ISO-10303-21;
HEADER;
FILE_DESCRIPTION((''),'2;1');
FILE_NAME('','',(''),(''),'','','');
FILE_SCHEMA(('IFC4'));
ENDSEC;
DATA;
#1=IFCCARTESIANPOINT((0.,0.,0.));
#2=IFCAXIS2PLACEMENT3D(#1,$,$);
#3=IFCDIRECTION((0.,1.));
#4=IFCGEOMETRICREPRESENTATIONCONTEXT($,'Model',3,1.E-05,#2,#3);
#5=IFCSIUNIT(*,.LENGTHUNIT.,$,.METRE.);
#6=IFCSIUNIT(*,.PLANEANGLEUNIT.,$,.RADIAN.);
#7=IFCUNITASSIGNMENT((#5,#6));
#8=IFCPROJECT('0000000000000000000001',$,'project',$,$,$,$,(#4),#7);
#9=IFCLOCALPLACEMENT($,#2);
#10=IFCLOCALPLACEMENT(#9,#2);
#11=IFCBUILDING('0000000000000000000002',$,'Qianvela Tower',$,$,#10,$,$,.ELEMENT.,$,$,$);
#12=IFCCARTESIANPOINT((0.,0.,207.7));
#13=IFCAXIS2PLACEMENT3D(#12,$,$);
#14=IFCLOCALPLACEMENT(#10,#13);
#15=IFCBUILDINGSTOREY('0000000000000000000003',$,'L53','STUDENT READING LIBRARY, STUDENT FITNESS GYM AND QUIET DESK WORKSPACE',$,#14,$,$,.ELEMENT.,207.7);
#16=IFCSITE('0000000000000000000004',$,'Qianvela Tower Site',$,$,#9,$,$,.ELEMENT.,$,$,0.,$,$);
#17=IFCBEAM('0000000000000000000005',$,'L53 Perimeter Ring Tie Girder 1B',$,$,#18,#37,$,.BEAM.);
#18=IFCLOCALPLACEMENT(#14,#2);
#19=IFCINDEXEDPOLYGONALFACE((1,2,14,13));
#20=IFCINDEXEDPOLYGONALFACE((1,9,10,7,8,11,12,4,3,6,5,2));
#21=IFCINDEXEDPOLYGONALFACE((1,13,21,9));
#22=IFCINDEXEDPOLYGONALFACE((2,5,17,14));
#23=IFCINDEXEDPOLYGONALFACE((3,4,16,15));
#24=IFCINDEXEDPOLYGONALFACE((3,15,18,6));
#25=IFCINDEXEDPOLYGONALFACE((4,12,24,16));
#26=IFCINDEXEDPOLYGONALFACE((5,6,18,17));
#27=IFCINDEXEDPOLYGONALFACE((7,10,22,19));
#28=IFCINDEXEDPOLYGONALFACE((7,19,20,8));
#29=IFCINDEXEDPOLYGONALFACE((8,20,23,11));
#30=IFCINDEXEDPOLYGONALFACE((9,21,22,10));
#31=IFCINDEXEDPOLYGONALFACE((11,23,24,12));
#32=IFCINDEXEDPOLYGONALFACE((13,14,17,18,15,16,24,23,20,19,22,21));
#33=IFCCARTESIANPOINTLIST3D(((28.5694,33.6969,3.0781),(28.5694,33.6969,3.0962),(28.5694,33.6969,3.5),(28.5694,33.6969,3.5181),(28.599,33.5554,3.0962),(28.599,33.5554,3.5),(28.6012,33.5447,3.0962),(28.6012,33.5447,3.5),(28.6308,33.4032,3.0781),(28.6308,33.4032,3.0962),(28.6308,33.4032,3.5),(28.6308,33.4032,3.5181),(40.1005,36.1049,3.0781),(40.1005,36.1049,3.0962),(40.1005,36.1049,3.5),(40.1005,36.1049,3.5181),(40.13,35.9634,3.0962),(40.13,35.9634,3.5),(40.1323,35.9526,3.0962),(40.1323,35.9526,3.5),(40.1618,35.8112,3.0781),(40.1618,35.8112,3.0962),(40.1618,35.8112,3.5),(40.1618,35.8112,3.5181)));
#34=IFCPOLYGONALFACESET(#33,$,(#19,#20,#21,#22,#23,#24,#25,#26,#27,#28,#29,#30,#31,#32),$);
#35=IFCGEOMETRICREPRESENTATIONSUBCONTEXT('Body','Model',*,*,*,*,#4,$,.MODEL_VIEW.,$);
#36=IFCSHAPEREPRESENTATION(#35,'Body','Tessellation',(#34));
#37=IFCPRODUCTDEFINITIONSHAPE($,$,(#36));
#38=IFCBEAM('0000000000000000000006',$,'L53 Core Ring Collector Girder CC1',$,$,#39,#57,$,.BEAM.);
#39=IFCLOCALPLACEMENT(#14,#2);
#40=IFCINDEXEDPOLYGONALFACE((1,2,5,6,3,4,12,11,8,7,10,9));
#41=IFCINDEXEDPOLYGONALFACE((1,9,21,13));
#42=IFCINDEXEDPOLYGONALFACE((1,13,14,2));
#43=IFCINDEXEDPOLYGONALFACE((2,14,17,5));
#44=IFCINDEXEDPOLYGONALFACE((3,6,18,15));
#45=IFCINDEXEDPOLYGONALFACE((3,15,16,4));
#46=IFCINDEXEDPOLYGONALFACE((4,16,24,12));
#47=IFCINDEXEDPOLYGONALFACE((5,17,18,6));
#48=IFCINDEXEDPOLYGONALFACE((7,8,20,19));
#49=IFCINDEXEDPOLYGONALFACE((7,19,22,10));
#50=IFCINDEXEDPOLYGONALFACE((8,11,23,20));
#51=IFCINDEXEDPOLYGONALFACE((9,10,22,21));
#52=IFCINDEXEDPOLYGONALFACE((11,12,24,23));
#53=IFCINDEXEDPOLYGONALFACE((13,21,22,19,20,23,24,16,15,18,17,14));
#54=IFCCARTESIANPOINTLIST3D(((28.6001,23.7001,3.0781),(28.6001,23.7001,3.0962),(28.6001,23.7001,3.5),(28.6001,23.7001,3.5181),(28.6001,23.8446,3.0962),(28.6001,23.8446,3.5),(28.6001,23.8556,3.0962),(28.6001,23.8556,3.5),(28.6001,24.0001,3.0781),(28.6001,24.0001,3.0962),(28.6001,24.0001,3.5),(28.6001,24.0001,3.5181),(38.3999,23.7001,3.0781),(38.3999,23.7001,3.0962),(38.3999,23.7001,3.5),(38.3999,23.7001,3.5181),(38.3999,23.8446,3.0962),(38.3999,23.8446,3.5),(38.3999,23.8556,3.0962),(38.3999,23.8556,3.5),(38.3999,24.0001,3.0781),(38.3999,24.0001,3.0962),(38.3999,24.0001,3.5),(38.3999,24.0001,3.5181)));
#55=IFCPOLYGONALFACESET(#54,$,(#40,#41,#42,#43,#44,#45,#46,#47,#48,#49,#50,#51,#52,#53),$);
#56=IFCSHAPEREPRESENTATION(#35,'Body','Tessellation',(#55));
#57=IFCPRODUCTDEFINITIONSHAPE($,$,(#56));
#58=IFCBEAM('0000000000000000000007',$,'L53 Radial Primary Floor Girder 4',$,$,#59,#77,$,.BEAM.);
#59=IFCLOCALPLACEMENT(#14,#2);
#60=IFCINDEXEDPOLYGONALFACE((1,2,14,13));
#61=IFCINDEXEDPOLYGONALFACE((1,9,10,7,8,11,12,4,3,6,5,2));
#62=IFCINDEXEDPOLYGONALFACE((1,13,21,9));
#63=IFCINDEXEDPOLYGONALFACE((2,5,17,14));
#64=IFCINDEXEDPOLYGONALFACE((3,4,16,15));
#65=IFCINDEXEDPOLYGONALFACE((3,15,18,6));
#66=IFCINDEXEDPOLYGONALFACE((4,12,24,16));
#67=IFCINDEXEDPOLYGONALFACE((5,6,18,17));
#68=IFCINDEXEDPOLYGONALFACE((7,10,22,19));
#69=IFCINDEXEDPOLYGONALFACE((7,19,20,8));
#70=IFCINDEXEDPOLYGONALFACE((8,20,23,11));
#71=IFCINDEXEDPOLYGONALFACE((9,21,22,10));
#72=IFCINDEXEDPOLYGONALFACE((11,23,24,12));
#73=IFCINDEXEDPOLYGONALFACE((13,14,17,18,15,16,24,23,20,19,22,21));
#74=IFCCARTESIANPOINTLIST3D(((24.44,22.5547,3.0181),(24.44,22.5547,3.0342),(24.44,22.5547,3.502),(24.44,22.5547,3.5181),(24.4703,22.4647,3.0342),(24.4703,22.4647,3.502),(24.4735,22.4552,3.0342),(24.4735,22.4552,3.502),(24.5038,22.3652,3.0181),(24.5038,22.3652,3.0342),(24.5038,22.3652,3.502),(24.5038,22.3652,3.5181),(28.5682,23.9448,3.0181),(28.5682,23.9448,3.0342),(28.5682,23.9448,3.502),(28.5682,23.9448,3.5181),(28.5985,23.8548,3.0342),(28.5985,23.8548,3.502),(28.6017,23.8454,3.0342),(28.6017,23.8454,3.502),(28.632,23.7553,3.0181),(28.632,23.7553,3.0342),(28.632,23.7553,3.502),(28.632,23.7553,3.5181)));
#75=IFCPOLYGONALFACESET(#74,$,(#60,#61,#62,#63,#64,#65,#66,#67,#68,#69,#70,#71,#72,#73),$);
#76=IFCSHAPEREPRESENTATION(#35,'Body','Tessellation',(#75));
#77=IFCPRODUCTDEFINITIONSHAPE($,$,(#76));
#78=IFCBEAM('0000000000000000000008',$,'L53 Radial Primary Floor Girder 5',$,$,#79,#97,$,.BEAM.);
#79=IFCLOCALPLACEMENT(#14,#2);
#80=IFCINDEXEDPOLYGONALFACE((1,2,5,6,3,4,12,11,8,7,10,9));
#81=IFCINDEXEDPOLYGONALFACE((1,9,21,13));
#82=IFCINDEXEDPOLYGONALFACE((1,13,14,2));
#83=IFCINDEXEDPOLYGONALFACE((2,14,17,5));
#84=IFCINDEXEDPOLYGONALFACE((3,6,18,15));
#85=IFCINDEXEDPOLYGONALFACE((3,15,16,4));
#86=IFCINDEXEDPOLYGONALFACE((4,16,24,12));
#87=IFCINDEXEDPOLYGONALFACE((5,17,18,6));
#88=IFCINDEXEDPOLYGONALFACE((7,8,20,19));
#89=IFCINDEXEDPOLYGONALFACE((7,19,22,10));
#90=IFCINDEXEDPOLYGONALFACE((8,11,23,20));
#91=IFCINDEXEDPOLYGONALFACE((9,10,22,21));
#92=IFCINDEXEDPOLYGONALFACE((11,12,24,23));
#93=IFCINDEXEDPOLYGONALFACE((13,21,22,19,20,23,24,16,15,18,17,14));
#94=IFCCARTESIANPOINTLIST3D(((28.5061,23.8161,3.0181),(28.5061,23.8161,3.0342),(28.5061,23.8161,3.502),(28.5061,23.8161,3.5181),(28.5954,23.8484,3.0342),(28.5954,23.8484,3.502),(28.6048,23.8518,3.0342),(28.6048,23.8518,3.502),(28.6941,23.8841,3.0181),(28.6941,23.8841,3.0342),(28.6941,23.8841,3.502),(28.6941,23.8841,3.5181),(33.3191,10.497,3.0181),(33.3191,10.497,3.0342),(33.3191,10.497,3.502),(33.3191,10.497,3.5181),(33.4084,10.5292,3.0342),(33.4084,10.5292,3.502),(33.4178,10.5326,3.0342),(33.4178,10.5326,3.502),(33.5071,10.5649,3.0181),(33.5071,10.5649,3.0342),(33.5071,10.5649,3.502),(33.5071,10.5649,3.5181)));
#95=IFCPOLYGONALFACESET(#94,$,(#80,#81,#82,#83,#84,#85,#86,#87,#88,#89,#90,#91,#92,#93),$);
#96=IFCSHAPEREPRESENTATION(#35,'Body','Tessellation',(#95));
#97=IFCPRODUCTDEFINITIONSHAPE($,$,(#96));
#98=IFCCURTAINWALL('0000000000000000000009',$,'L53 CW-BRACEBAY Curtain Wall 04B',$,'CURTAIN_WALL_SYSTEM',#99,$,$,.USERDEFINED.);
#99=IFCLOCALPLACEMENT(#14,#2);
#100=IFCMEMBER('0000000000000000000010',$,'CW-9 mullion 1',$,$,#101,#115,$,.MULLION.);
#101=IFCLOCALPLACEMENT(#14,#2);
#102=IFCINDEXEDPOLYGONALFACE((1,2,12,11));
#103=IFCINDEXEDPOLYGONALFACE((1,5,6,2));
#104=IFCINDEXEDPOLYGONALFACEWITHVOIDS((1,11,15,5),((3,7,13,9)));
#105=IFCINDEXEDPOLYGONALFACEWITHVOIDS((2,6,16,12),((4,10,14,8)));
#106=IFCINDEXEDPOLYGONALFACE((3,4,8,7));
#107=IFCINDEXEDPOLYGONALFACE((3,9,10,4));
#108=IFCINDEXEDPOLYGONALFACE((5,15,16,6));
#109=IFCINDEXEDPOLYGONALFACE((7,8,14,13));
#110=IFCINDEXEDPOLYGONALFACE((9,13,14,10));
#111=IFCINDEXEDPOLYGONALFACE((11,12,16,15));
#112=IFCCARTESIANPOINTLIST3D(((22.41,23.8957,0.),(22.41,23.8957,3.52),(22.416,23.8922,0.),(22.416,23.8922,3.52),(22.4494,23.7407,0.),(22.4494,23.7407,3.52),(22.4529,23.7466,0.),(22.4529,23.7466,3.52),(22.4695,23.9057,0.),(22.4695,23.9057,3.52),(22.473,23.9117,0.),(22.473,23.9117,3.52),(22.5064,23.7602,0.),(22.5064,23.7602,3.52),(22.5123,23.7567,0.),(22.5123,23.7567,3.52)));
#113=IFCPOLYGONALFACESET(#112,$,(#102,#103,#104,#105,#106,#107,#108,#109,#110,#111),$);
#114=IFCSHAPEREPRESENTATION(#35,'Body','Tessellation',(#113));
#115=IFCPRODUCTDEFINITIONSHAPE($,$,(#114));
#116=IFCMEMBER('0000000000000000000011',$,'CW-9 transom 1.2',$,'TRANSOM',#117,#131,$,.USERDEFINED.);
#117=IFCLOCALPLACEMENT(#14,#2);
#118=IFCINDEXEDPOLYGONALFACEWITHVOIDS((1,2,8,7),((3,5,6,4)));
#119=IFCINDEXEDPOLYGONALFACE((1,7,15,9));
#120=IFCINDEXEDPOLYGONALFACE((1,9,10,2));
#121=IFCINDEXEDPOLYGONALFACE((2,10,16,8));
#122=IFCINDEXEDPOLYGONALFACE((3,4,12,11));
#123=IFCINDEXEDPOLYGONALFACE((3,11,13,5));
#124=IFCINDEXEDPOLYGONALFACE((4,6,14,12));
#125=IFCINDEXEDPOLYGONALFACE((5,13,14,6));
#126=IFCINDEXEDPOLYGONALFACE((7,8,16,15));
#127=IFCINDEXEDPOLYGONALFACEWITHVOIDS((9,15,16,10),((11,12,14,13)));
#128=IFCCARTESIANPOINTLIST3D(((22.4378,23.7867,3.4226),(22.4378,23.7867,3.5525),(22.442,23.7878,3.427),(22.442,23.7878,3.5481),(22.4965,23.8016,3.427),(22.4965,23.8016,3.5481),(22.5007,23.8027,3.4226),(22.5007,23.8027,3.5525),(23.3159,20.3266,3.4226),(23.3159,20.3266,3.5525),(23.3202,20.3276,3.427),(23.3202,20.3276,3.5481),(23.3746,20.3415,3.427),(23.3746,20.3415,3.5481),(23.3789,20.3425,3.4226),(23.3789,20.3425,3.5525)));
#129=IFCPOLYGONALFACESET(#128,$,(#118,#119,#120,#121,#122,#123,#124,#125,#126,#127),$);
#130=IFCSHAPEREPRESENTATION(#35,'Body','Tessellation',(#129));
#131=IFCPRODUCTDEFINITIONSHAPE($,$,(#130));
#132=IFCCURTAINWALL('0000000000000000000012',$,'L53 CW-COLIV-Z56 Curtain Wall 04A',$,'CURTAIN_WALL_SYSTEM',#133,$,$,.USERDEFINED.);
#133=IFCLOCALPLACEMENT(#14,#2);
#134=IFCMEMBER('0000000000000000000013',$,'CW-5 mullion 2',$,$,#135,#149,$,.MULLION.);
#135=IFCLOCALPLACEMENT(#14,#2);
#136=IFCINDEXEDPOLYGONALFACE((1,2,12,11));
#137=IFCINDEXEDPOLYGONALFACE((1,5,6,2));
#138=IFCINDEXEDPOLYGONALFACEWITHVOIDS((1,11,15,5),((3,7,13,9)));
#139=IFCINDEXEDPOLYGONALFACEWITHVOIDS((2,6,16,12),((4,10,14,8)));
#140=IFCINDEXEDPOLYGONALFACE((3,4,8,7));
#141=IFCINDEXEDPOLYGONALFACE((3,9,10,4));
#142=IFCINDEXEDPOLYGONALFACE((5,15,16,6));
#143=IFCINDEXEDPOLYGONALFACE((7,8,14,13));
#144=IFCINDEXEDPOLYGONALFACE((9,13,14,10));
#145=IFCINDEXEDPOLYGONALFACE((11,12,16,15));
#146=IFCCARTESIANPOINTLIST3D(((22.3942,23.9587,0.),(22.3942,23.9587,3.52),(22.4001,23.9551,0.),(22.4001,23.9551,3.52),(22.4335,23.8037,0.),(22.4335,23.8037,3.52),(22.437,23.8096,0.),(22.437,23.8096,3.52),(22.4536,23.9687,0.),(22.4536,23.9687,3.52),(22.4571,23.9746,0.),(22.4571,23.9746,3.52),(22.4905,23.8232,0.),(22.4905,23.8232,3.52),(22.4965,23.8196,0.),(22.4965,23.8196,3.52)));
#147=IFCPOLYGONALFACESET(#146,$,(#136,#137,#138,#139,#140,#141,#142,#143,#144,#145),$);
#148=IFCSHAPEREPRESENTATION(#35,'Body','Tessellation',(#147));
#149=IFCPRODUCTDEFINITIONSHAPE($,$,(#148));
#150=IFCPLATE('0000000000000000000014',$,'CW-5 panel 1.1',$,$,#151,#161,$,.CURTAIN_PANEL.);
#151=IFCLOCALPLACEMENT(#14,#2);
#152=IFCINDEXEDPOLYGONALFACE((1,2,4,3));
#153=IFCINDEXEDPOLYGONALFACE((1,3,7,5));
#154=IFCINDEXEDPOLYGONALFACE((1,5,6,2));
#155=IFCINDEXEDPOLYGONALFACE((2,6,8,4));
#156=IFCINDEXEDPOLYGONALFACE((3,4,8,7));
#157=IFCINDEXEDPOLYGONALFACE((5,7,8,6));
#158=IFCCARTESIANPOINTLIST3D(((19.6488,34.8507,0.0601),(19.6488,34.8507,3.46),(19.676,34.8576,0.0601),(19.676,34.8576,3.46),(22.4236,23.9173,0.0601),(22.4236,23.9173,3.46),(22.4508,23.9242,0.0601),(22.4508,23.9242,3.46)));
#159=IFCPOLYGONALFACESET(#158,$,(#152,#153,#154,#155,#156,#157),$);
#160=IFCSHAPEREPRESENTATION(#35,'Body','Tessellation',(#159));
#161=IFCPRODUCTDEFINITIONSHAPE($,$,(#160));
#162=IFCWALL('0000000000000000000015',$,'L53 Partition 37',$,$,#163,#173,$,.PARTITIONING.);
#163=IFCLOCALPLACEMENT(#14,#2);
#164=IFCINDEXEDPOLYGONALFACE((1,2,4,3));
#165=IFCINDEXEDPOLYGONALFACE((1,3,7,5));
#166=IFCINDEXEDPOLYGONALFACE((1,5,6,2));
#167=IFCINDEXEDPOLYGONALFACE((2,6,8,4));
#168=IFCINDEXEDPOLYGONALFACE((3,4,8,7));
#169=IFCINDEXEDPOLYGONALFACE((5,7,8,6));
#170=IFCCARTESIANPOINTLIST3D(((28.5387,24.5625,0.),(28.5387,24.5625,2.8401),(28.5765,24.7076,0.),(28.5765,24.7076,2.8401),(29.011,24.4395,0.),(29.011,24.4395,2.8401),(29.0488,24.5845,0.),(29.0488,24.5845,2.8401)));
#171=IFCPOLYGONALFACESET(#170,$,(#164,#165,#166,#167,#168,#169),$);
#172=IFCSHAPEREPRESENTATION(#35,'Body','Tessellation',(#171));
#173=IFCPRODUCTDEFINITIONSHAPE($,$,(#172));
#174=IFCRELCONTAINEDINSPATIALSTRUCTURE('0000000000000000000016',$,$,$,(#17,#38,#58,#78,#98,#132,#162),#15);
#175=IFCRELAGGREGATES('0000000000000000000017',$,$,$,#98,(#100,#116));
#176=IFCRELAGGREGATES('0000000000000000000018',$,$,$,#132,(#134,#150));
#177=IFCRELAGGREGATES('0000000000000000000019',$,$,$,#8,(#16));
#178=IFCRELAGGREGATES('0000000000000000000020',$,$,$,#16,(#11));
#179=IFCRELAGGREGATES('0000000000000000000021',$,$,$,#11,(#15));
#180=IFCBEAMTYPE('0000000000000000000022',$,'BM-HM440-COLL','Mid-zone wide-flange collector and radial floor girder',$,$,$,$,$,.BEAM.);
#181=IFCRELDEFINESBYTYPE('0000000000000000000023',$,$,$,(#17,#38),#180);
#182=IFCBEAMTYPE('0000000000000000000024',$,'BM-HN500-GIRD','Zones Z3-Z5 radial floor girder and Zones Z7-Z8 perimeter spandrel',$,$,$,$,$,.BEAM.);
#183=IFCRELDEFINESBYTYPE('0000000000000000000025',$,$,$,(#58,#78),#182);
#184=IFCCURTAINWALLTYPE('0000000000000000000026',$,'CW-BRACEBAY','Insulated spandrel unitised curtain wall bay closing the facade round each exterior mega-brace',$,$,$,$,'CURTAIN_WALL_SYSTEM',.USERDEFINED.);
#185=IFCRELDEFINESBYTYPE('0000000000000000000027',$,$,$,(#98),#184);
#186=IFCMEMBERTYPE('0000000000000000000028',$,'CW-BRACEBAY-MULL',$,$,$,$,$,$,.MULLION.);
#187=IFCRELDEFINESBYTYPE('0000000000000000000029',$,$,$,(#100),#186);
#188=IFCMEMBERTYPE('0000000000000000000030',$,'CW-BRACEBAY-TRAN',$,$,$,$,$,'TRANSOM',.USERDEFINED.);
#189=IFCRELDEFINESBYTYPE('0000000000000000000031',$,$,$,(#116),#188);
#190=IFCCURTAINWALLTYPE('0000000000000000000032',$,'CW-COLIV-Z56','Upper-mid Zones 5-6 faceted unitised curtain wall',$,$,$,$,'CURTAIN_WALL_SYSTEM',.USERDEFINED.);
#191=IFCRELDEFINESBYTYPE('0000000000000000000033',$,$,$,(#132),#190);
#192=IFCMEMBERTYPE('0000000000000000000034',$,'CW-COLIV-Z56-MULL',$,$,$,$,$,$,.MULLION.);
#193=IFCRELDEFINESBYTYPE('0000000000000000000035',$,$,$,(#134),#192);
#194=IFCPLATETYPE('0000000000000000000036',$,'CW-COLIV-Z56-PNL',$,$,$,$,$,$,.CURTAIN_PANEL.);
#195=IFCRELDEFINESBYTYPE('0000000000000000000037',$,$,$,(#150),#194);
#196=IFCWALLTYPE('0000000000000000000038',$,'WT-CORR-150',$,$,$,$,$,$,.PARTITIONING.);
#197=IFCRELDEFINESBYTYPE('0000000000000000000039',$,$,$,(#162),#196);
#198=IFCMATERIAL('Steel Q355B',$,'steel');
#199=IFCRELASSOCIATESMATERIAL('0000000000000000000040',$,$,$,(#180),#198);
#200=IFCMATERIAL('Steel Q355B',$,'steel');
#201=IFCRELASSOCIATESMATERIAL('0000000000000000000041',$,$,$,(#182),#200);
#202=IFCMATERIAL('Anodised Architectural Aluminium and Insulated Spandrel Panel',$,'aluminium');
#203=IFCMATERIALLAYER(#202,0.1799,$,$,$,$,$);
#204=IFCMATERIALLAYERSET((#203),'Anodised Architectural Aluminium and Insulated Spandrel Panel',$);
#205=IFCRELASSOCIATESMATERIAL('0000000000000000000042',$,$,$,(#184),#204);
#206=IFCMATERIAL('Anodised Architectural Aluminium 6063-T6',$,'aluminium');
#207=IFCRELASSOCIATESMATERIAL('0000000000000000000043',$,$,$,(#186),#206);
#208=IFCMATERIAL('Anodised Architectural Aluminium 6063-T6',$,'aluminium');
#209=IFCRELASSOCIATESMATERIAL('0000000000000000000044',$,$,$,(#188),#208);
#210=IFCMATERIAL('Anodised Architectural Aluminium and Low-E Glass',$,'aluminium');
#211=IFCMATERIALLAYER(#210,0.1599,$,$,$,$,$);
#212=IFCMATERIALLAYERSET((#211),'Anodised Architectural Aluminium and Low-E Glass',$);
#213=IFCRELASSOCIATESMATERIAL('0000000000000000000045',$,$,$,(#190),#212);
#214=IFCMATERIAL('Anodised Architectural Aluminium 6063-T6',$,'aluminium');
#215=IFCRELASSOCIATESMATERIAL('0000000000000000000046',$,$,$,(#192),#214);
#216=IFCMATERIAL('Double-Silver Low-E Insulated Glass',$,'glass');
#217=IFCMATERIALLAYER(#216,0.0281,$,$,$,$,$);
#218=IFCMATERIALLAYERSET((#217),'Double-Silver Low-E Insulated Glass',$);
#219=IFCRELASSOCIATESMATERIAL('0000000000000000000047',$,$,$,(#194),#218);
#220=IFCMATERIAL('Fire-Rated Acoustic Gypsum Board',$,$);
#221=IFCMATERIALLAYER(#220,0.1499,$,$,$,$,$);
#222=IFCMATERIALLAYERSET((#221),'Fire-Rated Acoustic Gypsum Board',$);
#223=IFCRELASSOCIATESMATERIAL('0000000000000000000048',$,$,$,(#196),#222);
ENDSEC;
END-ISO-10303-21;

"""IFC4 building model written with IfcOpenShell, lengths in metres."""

from ifc_helpers import new_model, si_unit, direction, frame, frame_2d, origin, origin_2d, place, context, subcontext, project, spatial, rectangle, hollow_rectangle, i_section, extrude, material, layer, layer_set, material_profile, profile_set, type_object, element, aggregate, save


model = new_model("IFC4")

# Units and contexts
model_context = context("Model", 3, precision=1e-05, world=origin(), true_north=direction((0.0, 1.0)))
body_context = subcontext(model_context, "Body", "Model", "MODEL_VIEW")
ifc_project = project(units=[si_unit("LENGTHUNIT", "METRE"), si_unit("PLANEANGLEUNIT", "RADIAN")], contexts=[model_context])

# Site, building, storey
site_placement = place(None, origin())
site = spatial("IfcSite", under=ifc_project, at=site_placement, Name="Qianvela Tower Site", CompositionType="ELEMENT", RefElevation=0.0)
building_placement = place(site_placement, origin())
building = spatial("IfcBuilding", under=site, at=building_placement, Name="Qianvela Tower", CompositionType="ELEMENT")
storey_placement = place(building_placement, frame((0.0, 0.0, 207.7)))
storey = spatial("IfcBuildingStorey", under=building, at=storey_placement, Name="L53", Description="STUDENT READING LIBRARY, STUDENT FITNESS GYM AND QUIET DESK WORKSPACE", CompositionType="ELEMENT", Elevation=207.7)

# Beams
ifc_material_1 = material(Name="Steel Q355B", Category="steel")
ifc_material_profile_1 = material_profile(ifc_material_1, i_section(OverallWidth=0.3, OverallDepth=0.4399, WebThickness=0.011, FlangeThickness=0.0181, at=origin_2d()), Name="HM440x300x11x18")
ifc_profile_set_1 = profile_set([ifc_material_profile_1], Name="Steel Q355B")
beam_type_1 = type_object("IfcBeamType", Name="BM-HM440-COLL", Description="Mid-zone wide-flange collector and radial floor girder", PredefinedType="BEAM", material=ifc_profile_set_1)
beam_1_placement = place(storey_placement, frame((28.6001, 33.55, 3.2981), z_axis=(0.978884, 0.204415, 0.0), x_axis=(-0.204415, 0.978884, 0.0)))
element("IfcBeam", 1, at=beam_1_placement, inside=storey, type_object=beam_type_1, Name="L53 Perimeter Ring Tie Girder 1B", PredefinedType="BEAM", context=body_context, shape_type="SweptSolid", body=[
    extrude(i_section(OverallWidth=0.3, OverallDepth=0.4399, WebThickness=0.011, FlangeThickness=0.0181, at=origin_2d()), origin(), (0.0, 0.0, 1.0), 11.7798),
])
beam_2_placement = place(storey_placement, frame((28.6001, 23.8501, 3.2981), z_axis=(1.0, 0.0, 0.0), x_axis=(0.0, 1.0, 0.0)))
element("IfcBeam", 2, at=beam_2_placement, inside=storey, type_object=beam_type_1, Name="L53 Core Ring Collector Girder CC1", PredefinedType="BEAM", context=body_context, shape_type="SweptSolid", body=[
    extrude(i_section(OverallWidth=0.3, OverallDepth=0.4399, WebThickness=0.011, FlangeThickness=0.0181, at=origin_2d()), origin(), (0.0, 0.0, 1.0), 9.7998),
])
ifc_material_2 = material(Name="Steel Q355B", Category="steel")
ifc_material_profile_2 = material_profile(ifc_material_2, i_section(OverallWidth=0.2, OverallDepth=0.5, WebThickness=0.01, FlangeThickness=0.0161, at=origin_2d()), Name="HN500x200x10x16")
ifc_profile_set_2 = profile_set([ifc_material_profile_2], Name="Steel Q355B")
beam_type_2 = type_object("IfcBeamType", Name="BM-HN500-GIRD", Description="Zones Z3-Z5 radial floor girder and Zones Z7-Z8 perimeter spandrel", PredefinedType="BEAM", material=ifc_profile_set_2)
beam_3_placement = place(storey_placement, frame((28.6001, 23.8501, 3.2681), z_axis=(-0.947709, -0.319135, 0.0), x_axis=(0.319135, -0.947709, 0.0)))
element("IfcBeam", 3, at=beam_3_placement, inside=storey, type_object=beam_type_2, Name="L53 Radial Primary Floor Girder 4", PredefinedType="BEAM", context=body_context, shape_type="SweptSolid", body=[
    extrude(i_section(OverallWidth=0.2, OverallDepth=0.5, WebThickness=0.01, FlangeThickness=0.0161, at=origin_2d()), origin(), (0.0, 0.0, 1.0), 4.356),
])
beam_4_placement = place(storey_placement, frame((28.6001, 23.8501, 3.2681), z_axis=(0.339852, -0.940479, 0.0), x_axis=(0.940479, 0.339852, 0.0)))
element("IfcBeam", 4, at=beam_4_placement, inside=storey, type_object=beam_type_2, Name="L53 Radial Primary Floor Girder 5", PredefinedType="BEAM", context=body_context, shape_type="SweptSolid", body=[
    extrude(i_section(OverallWidth=0.2, OverallDepth=0.5, WebThickness=0.01, FlangeThickness=0.0161, at=origin_2d()), origin(), (0.0, 0.0, 1.0), 14.1621),
])

# Curtain wall, members
ifc_material_3 = material(Name="Anodised Architectural Aluminium and Insulated Spandrel Panel", Category="aluminium")
ifc_layer_1 = layer(ifc_material_3, 0.1799)
ifc_layer_set_1 = layer_set([ifc_layer_1], Name="Anodised Architectural Aluminium and Insulated Spandrel Panel")
curtain_wall_type_1 = type_object("IfcCurtainWallType", Name="CW-BRACEBAY", Description="Insulated spandrel unitised curtain wall bay closing the facade round each exterior mega-brace", ElementType="CURTAIN_WALL_SYSTEM", PredefinedType="USERDEFINED", material=ifc_layer_set_1)
curtain_wall_1_placement = place(storey_placement, origin())
curtain_wall_1 = element("IfcCurtainWall", 5, at=curtain_wall_1_placement, inside=storey, type_object=curtain_wall_type_1, Name="L53 CW-BRACEBAY Curtain Wall 04B", ObjectType="CURTAIN_WALL_SYSTEM", PredefinedType="USERDEFINED")
ifc_material_4 = material(Name="Anodised Architectural Aluminium 6063-T6", Category="aluminium")
ifc_material_profile_3 = material_profile(ifc_material_4, hollow_rectangle(XDim=0.0649, YDim=0.1599, WallThickness=0.0049, at=origin_2d()), Name="ALU-MULL-65x160")
ifc_profile_set_3 = profile_set([ifc_material_profile_3], Name="Anodised Architectural Aluminium 6063-T6")
member_type_1 = type_object("IfcMemberType", Name="CW-BRACEBAY-MULL", PredefinedType="MULLION", material=ifc_profile_set_3)
member_1_placement = place(storey_placement, frame((22.4612, 23.8262, 0.0), z_axis=(0.0, 0.0, 1.0), x_axis=(0.969276, 0.245975, 0.0)))
member_1 = element("IfcMember", 6, at=member_1_placement, type_object=member_type_1, Name="CW-9 mullion 1", PredefinedType="MULLION", context=body_context, shape_type="SweptSolid", body=[
    extrude(hollow_rectangle(XDim=0.0649, YDim=0.1599, WallThickness=0.0049, at=origin_2d()), origin(), (0.0, 0.0, 1.0), 3.52),
])
ifc_material_5 = material(Name="Anodised Architectural Aluminium 6063-T6", Category="aluminium")
ifc_material_profile_4 = material_profile(ifc_material_5, hollow_rectangle(XDim=0.0649, YDim=0.1299, WallThickness=0.0044, at=origin_2d()), Name="ALU-TRAN-65x130")
ifc_profile_set_4 = profile_set([ifc_material_profile_4], Name="Anodised Architectural Aluminium 6063-T6")
member_type_2 = type_object("IfcMemberType", Name="CW-BRACEBAY-TRAN", ElementType="TRANSOM", PredefinedType="USERDEFINED", material=ifc_profile_set_4)
member_2_placement = place(storey_placement, frame((22.4692, 23.7947, 3.4875), z_axis=(0.245994, -0.969271, 0.0), x_axis=(0.969271, 0.245994, 0.0)))
member_2 = element("IfcMember", 7, at=member_2_placement, type_object=member_type_2, Name="CW-9 transom 1.2", ObjectType="TRANSOM", PredefinedType="USERDEFINED", context=body_context, shape_type="SweptSolid", body=[
    extrude(hollow_rectangle(XDim=0.0649, YDim=0.1299, WallThickness=0.0044, at=origin_2d()), origin(), (0.0, 0.0, 1.0), 3.5698),
])
aggregate(curtain_wall_1, [member_1, member_2])

# Curtain wall, member, plate
ifc_material_6 = material(Name="Anodised Architectural Aluminium and Low-E Glass", Category="aluminium")
ifc_layer_2 = layer(ifc_material_6, 0.1599)
ifc_layer_set_2 = layer_set([ifc_layer_2], Name="Anodised Architectural Aluminium and Low-E Glass")
curtain_wall_type_2 = type_object("IfcCurtainWallType", Name="CW-COLIV-Z56", Description="Upper-mid Zones 5-6 faceted unitised curtain wall", ElementType="CURTAIN_WALL_SYSTEM", PredefinedType="USERDEFINED", material=ifc_layer_set_2)
curtain_wall_2_placement = place(storey_placement, origin())
curtain_wall_2 = element("IfcCurtainWall", 8, at=curtain_wall_2_placement, inside=storey, type_object=curtain_wall_type_2, Name="L53 CW-COLIV-Z56 Curtain Wall 04A", ObjectType="CURTAIN_WALL_SYSTEM", PredefinedType="USERDEFINED")
ifc_material_7 = material(Name="Anodised Architectural Aluminium 6063-T6", Category="aluminium")
ifc_material_profile_5 = material_profile(ifc_material_7, hollow_rectangle(XDim=0.0649, YDim=0.1599, WallThickness=0.0049, at=origin_2d()), Name="ALU-MULL-65x160")
ifc_profile_set_5 = profile_set([ifc_material_profile_5], Name="Anodised Architectural Aluminium 6063-T6")
member_type_3 = type_object("IfcMemberType", Name="CW-COLIV-Z56-MULL", PredefinedType="MULLION", material=ifc_profile_set_5)
member_3_placement = place(storey_placement, frame((22.4453, 23.8892, 0.0), z_axis=(0.0, 0.0, 1.0), x_axis=(0.969273, 0.245986, 0.0)))
member_3 = element("IfcMember", 9, at=member_3_placement, type_object=member_type_3, Name="CW-5 mullion 2", PredefinedType="MULLION", context=body_context, shape_type="SweptSolid", body=[
    extrude(hollow_rectangle(XDim=0.0649, YDim=0.1599, WallThickness=0.0049, at=origin_2d()), origin(), (0.0, 0.0, 1.0), 3.52),
])
ifc_material_8 = material(Name="Double-Silver Low-E Insulated Glass", Category="glass")
ifc_layer_3 = layer(ifc_material_8, 0.0281)
ifc_layer_set_3 = layer_set([ifc_layer_3], Name="Double-Silver Low-E Insulated Glass")
plate_type = type_object("IfcPlateType", Name="CW-COLIV-Z56-PNL", PredefinedType="CURTAIN_PANEL", material=ifc_layer_set_3)
plate_placement = place(storey_placement, frame((21.0498, 29.3875, 0.0601), z_axis=(0.0, 0.0, 1.0), x_axis=(0.245986, -0.969273, 0.0)))
plate = element("IfcPlate", 10, at=plate_placement, type_object=plate_type, Name="CW-5 panel 1.1", PredefinedType="CURTAIN_PANEL", context=body_context, shape_type="SweptSolid", body=[
    extrude(rectangle(XDim=11.28, YDim=0.0281, at=origin_2d()), origin(), (0.0, 0.0, 1.0), 3.3999),
])
aggregate(curtain_wall_2, [member_3, plate])

# Wall
ifc_material_9 = material(Name="Fire-Rated Acoustic Gypsum Board")
ifc_layer_4 = layer(ifc_material_9, 0.1499)
ifc_layer_set_4 = layer_set([ifc_layer_4], Name="Fire-Rated Acoustic Gypsum Board")
wall_type_1 = type_object("IfcWallType", Name="WT-CORR-150", PredefinedType="PARTITIONING", material=ifc_layer_set_4)
wall_1_placement = place(storey_placement, frame((29.03, 24.512, 0.0), z_axis=(0.0, 0.0, 1.0), x_axis=(-0.967681, 0.252177, 0.0)))
element("IfcWall", 11, at=wall_1_placement, inside=storey, type_object=wall_type_1, Name="L53 Partition 37", PredefinedType="PARTITIONING", context=body_context, shape_type="SweptSolid", body=[
    extrude(rectangle(XDim=0.488, YDim=0.1499, at=frame_2d((0.2441, 0.0))), origin(), (0.0, 0.0, 1.0), 2.8401),
])

save(model, "model.ifc")
